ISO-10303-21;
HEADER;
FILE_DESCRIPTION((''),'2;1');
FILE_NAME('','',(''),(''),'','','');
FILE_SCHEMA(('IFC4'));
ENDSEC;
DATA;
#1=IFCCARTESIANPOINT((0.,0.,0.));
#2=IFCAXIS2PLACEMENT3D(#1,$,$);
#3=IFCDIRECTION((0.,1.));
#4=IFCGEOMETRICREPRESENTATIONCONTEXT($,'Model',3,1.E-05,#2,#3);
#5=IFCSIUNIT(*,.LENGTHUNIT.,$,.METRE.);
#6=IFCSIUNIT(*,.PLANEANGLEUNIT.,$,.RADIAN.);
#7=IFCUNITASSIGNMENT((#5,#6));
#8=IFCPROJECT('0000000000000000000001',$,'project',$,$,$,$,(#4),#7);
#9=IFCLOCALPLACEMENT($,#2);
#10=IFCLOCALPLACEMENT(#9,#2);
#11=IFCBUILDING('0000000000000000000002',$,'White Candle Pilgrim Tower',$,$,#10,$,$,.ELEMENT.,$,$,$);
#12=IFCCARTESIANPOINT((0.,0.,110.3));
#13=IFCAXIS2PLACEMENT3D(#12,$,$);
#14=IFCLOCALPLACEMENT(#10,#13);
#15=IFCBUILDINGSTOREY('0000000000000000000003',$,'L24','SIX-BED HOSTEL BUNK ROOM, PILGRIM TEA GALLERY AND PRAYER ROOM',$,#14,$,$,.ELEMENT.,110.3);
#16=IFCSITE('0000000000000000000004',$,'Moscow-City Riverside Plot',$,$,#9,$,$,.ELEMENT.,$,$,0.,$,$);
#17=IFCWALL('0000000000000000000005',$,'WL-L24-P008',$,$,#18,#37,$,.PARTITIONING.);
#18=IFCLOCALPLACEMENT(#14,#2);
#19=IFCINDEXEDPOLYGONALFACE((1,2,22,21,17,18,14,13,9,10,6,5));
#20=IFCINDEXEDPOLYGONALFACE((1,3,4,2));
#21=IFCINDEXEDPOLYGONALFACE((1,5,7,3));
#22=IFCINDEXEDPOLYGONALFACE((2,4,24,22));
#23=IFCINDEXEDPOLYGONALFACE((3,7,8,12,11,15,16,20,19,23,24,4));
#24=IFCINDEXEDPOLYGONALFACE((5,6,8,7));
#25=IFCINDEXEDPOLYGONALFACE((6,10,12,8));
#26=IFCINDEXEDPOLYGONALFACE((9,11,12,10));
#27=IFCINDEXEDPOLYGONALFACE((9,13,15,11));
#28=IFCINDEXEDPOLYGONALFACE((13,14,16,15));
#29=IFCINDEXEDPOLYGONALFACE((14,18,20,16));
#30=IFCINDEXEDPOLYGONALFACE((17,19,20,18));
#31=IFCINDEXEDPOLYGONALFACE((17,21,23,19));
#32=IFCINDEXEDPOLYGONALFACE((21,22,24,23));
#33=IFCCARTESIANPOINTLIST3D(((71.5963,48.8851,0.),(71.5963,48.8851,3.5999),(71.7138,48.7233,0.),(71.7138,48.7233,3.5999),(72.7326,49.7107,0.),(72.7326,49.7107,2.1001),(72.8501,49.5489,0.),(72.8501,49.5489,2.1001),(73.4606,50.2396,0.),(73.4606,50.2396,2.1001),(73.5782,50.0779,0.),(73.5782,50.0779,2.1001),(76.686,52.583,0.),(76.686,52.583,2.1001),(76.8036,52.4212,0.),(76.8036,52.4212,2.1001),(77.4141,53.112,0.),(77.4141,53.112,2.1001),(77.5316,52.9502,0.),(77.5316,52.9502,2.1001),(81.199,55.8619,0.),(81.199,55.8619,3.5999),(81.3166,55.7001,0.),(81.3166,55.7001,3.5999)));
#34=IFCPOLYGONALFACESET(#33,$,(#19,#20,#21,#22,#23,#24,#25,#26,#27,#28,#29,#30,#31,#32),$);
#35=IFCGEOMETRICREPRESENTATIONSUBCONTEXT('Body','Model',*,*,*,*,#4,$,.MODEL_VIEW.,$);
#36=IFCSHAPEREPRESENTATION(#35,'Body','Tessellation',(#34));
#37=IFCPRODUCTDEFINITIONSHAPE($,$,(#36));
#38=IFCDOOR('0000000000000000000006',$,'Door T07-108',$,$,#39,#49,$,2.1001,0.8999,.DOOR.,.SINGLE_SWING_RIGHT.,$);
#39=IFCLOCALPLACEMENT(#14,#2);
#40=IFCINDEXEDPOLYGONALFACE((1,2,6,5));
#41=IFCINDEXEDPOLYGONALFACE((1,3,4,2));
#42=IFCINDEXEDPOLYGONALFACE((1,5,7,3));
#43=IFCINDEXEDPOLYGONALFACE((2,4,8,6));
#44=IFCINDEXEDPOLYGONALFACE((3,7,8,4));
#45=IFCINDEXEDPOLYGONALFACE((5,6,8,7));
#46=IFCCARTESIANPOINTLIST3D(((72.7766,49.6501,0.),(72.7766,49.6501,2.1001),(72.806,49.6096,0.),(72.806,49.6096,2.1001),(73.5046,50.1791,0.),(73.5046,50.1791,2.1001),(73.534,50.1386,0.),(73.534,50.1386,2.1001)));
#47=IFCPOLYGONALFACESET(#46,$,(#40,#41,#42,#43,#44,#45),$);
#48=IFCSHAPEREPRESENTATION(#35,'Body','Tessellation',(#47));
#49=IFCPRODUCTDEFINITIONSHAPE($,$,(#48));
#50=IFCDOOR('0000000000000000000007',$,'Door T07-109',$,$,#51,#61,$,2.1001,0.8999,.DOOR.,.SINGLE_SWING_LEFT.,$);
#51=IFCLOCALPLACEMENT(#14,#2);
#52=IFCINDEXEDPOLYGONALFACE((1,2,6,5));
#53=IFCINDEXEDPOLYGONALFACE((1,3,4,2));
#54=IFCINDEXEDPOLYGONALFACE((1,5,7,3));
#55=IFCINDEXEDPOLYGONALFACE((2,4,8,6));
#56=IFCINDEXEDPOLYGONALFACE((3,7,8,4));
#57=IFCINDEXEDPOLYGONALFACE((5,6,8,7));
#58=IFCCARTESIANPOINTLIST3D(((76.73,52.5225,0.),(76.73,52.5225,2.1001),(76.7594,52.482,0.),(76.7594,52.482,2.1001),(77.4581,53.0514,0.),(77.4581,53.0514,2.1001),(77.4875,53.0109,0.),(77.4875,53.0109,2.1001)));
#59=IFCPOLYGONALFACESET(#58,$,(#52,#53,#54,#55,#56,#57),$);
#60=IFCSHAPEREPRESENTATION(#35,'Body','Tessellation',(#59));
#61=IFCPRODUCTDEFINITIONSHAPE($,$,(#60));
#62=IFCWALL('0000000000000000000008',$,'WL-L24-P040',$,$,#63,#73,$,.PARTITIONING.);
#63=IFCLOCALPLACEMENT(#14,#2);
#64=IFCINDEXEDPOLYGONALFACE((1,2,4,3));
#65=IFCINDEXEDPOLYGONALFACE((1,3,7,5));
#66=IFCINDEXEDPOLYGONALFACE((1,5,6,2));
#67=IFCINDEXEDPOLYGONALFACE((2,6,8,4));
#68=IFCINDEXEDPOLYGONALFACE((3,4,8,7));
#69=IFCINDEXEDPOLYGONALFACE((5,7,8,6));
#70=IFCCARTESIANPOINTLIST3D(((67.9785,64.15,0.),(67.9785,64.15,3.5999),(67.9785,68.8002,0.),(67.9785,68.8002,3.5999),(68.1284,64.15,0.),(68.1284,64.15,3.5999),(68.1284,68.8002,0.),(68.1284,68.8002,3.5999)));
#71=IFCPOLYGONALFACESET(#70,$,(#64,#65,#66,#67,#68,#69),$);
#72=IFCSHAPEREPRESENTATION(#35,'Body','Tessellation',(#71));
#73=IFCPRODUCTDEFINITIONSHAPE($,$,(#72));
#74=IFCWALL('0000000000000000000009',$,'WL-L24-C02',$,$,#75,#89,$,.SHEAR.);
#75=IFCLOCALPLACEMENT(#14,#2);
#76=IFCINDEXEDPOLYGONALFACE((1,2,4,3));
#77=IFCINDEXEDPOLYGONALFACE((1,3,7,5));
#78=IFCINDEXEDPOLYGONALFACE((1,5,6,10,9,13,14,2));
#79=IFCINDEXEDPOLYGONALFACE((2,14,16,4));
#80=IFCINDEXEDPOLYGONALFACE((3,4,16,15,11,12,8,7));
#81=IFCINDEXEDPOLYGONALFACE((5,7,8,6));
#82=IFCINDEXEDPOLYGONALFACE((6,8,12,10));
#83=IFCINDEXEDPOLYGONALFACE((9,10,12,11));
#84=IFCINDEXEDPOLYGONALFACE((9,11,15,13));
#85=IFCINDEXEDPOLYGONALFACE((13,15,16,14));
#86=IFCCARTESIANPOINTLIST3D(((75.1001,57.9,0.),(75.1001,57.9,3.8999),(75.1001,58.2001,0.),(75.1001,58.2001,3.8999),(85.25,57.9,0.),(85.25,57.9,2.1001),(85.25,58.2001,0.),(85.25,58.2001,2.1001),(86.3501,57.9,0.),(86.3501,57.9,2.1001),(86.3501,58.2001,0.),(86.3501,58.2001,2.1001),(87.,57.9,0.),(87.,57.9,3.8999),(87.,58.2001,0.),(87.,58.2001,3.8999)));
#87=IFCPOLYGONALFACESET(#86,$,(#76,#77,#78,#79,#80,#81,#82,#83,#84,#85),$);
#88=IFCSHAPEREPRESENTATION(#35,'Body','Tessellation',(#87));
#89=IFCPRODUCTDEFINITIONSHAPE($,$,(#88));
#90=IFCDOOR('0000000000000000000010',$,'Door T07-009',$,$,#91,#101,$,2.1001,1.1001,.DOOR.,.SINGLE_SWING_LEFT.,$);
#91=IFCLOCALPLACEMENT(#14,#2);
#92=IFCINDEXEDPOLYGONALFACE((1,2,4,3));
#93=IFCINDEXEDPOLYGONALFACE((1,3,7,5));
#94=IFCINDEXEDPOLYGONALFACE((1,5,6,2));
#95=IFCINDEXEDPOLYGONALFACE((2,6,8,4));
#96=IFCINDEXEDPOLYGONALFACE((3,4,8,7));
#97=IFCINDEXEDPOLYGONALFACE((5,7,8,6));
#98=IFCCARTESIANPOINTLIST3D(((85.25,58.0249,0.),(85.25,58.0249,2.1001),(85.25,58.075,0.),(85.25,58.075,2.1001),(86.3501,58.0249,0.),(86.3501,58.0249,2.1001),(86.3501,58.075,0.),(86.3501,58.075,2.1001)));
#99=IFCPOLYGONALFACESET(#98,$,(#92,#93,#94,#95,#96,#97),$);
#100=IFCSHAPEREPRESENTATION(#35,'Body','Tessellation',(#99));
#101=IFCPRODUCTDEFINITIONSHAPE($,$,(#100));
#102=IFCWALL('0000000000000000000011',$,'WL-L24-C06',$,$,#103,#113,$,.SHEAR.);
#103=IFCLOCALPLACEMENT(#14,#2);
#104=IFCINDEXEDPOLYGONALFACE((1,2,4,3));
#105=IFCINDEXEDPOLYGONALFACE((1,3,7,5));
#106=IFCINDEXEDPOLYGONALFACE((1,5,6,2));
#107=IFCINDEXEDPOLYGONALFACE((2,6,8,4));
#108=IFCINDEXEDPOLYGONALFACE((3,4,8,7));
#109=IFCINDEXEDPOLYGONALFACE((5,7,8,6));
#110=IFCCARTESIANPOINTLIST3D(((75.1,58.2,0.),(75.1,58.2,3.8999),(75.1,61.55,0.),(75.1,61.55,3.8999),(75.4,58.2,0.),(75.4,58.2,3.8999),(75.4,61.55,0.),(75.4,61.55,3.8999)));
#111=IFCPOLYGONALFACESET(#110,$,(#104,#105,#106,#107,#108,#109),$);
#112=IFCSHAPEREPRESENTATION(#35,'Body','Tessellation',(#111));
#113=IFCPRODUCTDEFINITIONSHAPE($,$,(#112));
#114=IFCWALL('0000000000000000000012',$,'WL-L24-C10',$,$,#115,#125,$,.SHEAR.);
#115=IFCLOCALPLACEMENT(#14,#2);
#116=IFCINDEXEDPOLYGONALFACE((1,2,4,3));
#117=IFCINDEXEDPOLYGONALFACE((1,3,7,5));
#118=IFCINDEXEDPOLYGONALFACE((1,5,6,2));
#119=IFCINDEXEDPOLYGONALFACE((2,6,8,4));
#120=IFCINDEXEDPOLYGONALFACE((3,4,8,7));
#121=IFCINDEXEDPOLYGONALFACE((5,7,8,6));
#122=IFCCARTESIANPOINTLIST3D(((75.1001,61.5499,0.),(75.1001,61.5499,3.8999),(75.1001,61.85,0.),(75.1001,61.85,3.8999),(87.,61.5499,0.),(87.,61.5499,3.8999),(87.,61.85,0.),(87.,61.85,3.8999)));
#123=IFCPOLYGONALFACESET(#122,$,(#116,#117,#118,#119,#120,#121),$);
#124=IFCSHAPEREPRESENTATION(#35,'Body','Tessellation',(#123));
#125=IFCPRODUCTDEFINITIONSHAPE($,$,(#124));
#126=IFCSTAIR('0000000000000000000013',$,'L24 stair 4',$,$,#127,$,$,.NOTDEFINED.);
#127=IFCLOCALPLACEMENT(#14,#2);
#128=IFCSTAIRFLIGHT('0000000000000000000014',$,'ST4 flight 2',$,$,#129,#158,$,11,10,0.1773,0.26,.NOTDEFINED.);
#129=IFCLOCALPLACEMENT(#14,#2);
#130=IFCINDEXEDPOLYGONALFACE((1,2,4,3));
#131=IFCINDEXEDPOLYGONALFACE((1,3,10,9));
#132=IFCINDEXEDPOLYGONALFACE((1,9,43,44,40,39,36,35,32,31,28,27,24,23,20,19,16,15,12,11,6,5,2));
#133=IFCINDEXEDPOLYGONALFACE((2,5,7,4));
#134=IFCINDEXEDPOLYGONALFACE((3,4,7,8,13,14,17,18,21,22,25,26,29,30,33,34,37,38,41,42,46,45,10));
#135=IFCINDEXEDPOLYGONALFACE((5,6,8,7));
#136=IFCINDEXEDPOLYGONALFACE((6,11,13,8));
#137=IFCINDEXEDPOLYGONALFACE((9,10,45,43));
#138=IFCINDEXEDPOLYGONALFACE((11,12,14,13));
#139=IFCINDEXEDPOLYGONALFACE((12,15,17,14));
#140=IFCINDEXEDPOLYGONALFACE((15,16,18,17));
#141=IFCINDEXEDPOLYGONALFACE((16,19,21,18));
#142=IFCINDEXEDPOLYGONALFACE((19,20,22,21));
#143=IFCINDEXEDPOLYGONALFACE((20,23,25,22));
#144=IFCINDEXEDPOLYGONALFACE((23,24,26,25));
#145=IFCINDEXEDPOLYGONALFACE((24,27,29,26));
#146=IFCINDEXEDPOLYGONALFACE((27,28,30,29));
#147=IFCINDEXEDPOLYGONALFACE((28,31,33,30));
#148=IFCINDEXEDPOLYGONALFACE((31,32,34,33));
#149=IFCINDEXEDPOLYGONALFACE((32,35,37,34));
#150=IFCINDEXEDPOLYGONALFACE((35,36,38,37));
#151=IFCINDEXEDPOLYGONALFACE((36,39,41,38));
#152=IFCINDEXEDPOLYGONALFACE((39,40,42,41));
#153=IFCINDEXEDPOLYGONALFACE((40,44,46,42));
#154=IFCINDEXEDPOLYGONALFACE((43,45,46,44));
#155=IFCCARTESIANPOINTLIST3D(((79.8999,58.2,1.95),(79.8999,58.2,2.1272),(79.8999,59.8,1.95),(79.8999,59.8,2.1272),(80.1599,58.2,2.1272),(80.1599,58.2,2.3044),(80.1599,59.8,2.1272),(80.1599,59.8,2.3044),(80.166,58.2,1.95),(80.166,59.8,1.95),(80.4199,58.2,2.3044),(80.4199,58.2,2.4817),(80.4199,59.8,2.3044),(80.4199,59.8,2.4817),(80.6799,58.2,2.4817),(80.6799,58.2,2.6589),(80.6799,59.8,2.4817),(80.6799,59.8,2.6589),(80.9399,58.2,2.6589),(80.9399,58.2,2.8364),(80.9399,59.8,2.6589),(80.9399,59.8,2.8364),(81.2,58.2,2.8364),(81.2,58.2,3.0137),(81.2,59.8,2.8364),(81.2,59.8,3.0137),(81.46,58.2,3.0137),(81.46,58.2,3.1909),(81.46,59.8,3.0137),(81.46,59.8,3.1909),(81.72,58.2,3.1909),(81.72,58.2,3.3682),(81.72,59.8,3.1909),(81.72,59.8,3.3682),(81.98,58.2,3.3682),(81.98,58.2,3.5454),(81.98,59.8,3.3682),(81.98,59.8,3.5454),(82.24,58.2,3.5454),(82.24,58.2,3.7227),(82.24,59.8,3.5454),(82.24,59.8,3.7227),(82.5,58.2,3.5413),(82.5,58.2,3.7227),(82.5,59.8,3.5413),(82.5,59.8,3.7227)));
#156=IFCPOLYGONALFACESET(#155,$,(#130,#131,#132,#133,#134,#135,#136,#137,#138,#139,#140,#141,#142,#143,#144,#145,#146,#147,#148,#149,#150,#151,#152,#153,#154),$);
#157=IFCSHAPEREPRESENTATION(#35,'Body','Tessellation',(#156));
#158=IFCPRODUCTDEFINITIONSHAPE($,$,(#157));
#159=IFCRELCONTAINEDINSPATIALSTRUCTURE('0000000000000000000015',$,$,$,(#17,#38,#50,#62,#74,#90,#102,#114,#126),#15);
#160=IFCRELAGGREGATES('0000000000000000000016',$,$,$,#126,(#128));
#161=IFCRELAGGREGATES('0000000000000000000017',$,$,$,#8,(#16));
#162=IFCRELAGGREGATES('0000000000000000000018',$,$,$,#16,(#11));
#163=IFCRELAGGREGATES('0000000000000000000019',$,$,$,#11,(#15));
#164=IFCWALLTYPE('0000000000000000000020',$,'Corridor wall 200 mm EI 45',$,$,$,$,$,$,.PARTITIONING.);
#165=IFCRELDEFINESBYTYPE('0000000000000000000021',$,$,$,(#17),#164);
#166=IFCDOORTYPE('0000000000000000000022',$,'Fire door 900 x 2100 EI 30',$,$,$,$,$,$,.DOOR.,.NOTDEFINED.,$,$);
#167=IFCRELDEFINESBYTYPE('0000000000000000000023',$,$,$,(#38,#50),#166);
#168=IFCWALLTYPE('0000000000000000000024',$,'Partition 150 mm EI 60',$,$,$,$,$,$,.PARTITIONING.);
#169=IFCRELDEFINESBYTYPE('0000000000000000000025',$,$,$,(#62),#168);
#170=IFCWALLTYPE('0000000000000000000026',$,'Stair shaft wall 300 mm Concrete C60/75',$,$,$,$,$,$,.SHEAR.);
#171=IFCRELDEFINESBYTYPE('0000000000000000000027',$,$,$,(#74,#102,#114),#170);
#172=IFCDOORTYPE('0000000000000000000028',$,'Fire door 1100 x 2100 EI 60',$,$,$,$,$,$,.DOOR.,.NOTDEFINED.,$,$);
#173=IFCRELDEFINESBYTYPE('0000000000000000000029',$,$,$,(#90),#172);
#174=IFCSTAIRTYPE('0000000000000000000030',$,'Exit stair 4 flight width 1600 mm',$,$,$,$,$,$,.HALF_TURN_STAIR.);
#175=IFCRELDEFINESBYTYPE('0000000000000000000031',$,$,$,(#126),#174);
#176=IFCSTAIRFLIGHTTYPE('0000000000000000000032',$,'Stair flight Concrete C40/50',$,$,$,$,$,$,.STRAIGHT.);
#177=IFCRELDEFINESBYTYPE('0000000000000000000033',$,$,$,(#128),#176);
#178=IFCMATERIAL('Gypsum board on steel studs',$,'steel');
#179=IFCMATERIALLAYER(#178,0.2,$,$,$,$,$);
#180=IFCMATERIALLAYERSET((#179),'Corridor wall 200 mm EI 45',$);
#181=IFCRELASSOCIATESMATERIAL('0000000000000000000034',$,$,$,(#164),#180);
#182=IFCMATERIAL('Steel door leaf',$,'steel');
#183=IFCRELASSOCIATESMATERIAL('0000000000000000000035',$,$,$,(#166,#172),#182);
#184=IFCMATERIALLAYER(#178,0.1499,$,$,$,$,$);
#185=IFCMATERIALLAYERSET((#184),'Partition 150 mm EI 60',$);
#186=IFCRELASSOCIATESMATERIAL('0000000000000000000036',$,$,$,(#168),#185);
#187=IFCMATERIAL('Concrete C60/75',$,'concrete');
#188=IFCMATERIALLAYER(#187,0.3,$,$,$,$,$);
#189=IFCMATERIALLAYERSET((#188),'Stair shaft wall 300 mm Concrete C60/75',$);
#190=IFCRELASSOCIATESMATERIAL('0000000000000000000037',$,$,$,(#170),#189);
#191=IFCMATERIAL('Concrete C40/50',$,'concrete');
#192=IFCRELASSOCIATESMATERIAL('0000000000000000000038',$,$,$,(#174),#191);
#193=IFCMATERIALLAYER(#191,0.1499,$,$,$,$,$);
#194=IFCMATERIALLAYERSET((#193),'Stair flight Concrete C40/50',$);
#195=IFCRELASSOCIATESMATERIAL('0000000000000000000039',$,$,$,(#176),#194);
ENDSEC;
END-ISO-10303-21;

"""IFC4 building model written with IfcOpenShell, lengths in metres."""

from ifc_helpers import new_model, si_unit, direction, frame, frame_2d, origin, place, context, subcontext, project, spatial, polyline, rectangle, outline, extrude, material, layer, layer_set, type_object, element, fill, aggregate, save


model = new_model("IFC4")

# Units and contexts
model_context = context("Model", 3, precision=1e-05, world=origin(), true_north=direction((0.0, 1.0)))
body_context = subcontext(model_context, "Body", "Model", "MODEL_VIEW")
ifc_project = project(units=[si_unit("LENGTHUNIT", "METRE"), si_unit("PLANEANGLEUNIT", "RADIAN")], contexts=[model_context])

# Site, building, storey
site_placement = place(None, origin())
site = spatial("IfcSite", under=ifc_project, at=site_placement, Name="Moscow-City Riverside Plot", CompositionType="ELEMENT", RefElevation=0.0)
building_placement = place(site_placement, origin())
building = spatial("IfcBuilding", under=site, at=building_placement, Name="White Candle Pilgrim Tower", CompositionType="ELEMENT")
storey_placement = place(building_placement, frame((0.0, 0.0, 110.3)))
storey = spatial("IfcBuildingStorey", under=building, at=storey_placement, Name="L24", Description="SIX-BED HOSTEL BUNK ROOM, PILGRIM TEA GALLERY AND PRAYER ROOM", CompositionType="ELEMENT", Elevation=110.3)

# Wall, openings, doors
ifc_material_1 = material(Name="Gypsum board on steel studs", Category="steel")
ifc_layer_1 = layer(ifc_material_1, 0.2)
ifc_layer_set_1 = layer_set([ifc_layer_1], Name="Corridor wall 200 mm EI 45")
wall_type_1 = type_object("IfcWallType", Name="Corridor wall 200 mm EI 45", PredefinedType="PARTITIONING", material=ifc_layer_set_1)
wall_1_placement = place(storey_placement, frame((81.2578, 55.781, 0.0), z_axis=(0.0, 0.0, 1.0), x_axis=(-0.809018, -0.587784, 0.0)))
wall_1 = element("IfcWall", 1, at=wall_1_placement, inside=storey, type_object=wall_type_1, Name="WL-L24-P008", PredefinedType="PARTITIONING", context=body_context, shape_type="SweptSolid", body=[
    extrude(rectangle(XDim=11.8696, YDim=0.2, at=frame_2d((5.9348, 0.0))), origin(), (0.0, 0.0, 1.0), 3.5999),
])
opening_1_placement = place(wall_1_placement, frame((9.5652, 0.0, 0.0)))
opening_1 = element("IfcOpeningElement", 2, at=opening_1_placement, cuts=wall_1, PredefinedType="OPENING", context=body_context, shape_type="SweptSolid", body=[
    extrude(rectangle(XDim=0.8999, YDim=2.1001, at=frame_2d((0.45, 1.05))), frame((0.0, 0.1099, 0.0), z_axis=(0.0, -1.0, 0.0), x_axis=(1.0, 0.0, 0.0)), (0.0, 0.0, 1.0), 0.22),
])
opening_2_placement = place(wall_1_placement, frame((4.6785, 0.0, 0.0)))
opening_2 = element("IfcOpeningElement", 3, at=opening_2_placement, cuts=wall_1, PredefinedType="OPENING", context=body_context, shape_type="SweptSolid", body=[
    extrude(rectangle(XDim=0.8999, YDim=2.1001, at=frame_2d((0.45, 1.05))), frame((0.0, 0.1099, 0.0), z_axis=(0.0, -1.0, 0.0), x_axis=(1.0, 0.0, 0.0)), (0.0, 0.0, 1.0), 0.22),
])
ifc_material_2 = material(Name="Steel door leaf", Category="steel")
door_type_1 = type_object("IfcDoorType", Name="Fire door 900 x 2100 EI 30", OperationType="NOTDEFINED", PredefinedType="DOOR", material=ifc_material_2)
door_1_placement = place(opening_1_placement, origin())
door_1 = element("IfcDoor", 4, at=door_1_placement, inside=storey, type_object=door_type_1, Name="Door T07-108", OperationType="SINGLE_SWING_RIGHT", OverallHeight=2.1001, OverallWidth=0.8999, PredefinedType="DOOR", context=body_context, shape_type="SweptSolid", body=[
    extrude(rectangle(XDim=0.8999, YDim=2.1001, at=frame_2d((0.45, 1.05))), frame((0.0, 0.0249, 0.0), z_axis=(0.0, -1.0, 0.0), x_axis=(1.0, 0.0, 0.0)), (0.0, 0.0, 1.0), 0.05),
])
fill(opening_1, door_1)
door_2_placement = place(opening_2_placement, origin())
door_2 = element("IfcDoor", 5, at=door_2_placement, inside=storey, type_object=door_type_1, Name="Door T07-109", OperationType="SINGLE_SWING_LEFT", OverallHeight=2.1001, OverallWidth=0.8999, PredefinedType="DOOR", context=body_context, shape_type="SweptSolid", body=[
    extrude(rectangle(XDim=0.8999, YDim=2.1001, at=frame_2d((0.45, 1.05))), frame((0.0, 0.0249, 0.0), z_axis=(0.0, -1.0, 0.0), x_axis=(1.0, 0.0, 0.0)), (0.0, 0.0, 1.0), 0.05),
])
fill(opening_2, door_2)

# Wall
ifc_layer_2 = layer(ifc_material_1, 0.1499)
ifc_layer_set_2 = layer_set([ifc_layer_2], Name="Partition 150 mm EI 60")
wall_type_2 = type_object("IfcWallType", Name="Partition 150 mm EI 60", PredefinedType="PARTITIONING", material=ifc_layer_set_2)
wall_2_placement = place(storey_placement, frame((68.0535, 64.1499, 0.0), z_axis=(0.0, 0.0, 1.0), x_axis=(0.0, 1.0, 0.0)))
element("IfcWall", 6, at=wall_2_placement, inside=storey, type_object=wall_type_2, Name="WL-L24-P040", PredefinedType="PARTITIONING", context=body_context, shape_type="SweptSolid", body=[
    extrude(rectangle(XDim=4.6501, YDim=0.1499, at=frame_2d((2.3252, 0.0))), origin(), (0.0, 0.0, 1.0), 3.5999),
])

# Wall, opening, door
ifc_material_3 = material(Name="Concrete C60/75", Category="concrete")
ifc_layer_3 = layer(ifc_material_3, 0.3)
ifc_layer_set_3 = layer_set([ifc_layer_3], Name="Stair shaft wall 300 mm Concrete C60/75")
wall_type_3 = type_object("IfcWallType", Name="Stair shaft wall 300 mm Concrete C60/75", PredefinedType="SHEAR", material=ifc_layer_set_3)
wall_3_placement = place(storey_placement, frame((75.1001, 58.05, 0.0), z_axis=(0.0, 0.0, 1.0), x_axis=(1.0, 0.0, 0.0)))
wall_3 = element("IfcWall", 7, at=wall_3_placement, inside=storey, type_object=wall_type_3, Name="WL-L24-C02", PredefinedType="SHEAR", context=body_context, shape_type="SweptSolid", body=[
    extrude(rectangle(XDim=11.8999, YDim=0.3, at=frame_2d((5.95, 0.0))), origin(), (0.0, 0.0, 1.0), 3.8999),
])
opening_3_placement = place(wall_3_placement, frame((10.1499, 0.0, 0.0)))
opening_3 = element("IfcOpeningElement", 8, at=opening_3_placement, cuts=wall_3, PredefinedType="OPENING", context=body_context, shape_type="SweptSolid", body=[
    extrude(rectangle(XDim=1.1001, YDim=2.1001, at=frame_2d((0.55, 1.05))), frame((0.0, 0.1599, 0.0), z_axis=(0.0, -1.0, 0.0), x_axis=(1.0, 0.0, 0.0)), (0.0, 0.0, 1.0), 0.3201),
])
door_type_2 = type_object("IfcDoorType", Name="Fire door 1100 x 2100 EI 60", OperationType="NOTDEFINED", PredefinedType="DOOR", material=ifc_material_2)
door_3_placement = place(opening_3_placement, origin())
door_3 = element("IfcDoor", 9, at=door_3_placement, inside=storey, type_object=door_type_2, Name="Door T07-009", OperationType="SINGLE_SWING_LEFT", OverallHeight=2.1001, OverallWidth=1.1001, PredefinedType="DOOR", context=body_context, shape_type="SweptSolid", body=[
    extrude(rectangle(XDim=1.1001, YDim=2.1001, at=frame_2d((0.55, 1.05))), frame((0.0, 0.0249, 0.0), z_axis=(0.0, -1.0, 0.0), x_axis=(1.0, 0.0, 0.0)), (0.0, 0.0, 1.0), 0.05),
])
fill(opening_3, door_3)

# Walls
wall_4_placement = place(storey_placement, frame((75.25, 58.2, 0.0), z_axis=(0.0, 0.0, 1.0), x_axis=(0.0, 1.0, 0.0)))
element("IfcWall", 10, at=wall_4_placement, inside=storey, type_object=wall_type_3, Name="WL-L24-C06", PredefinedType="SHEAR", context=body_context, shape_type="SweptSolid", body=[
    extrude(rectangle(XDim=3.3501, YDim=0.3, at=frame_2d((1.675, 0.0))), origin(), (0.0, 0.0, 1.0), 3.8999),
])
wall_5_placement = place(storey_placement, frame((75.1001, 61.7, 0.0), z_axis=(0.0, 0.0, 1.0), x_axis=(1.0, 0.0, 0.0)))
element("IfcWall", 11, at=wall_5_placement, inside=storey, type_object=wall_type_3, Name="WL-L24-C10", PredefinedType="SHEAR", context=body_context, shape_type="SweptSolid", body=[
    extrude(rectangle(XDim=11.8999, YDim=0.3, at=frame_2d((5.95, 0.0))), origin(), (0.0, 0.0, 1.0), 3.8999),
])

# Stair, stair flight
ifc_material_4 = material(Name="Concrete C40/50", Category="concrete")
stair_type = type_object("IfcStairType", Name="Exit stair 4 flight width 1600 mm", PredefinedType="HALF_TURN_STAIR", material=ifc_material_4)
stair_placement = place(storey_placement, origin())
stair = element("IfcStair", 12, at=stair_placement, inside=storey, type_object=stair_type, Name="L24 stair 4", PredefinedType="NOTDEFINED")
ifc_layer_4 = layer(ifc_material_4, 0.1499)
ifc_layer_set_4 = layer_set([ifc_layer_4], Name="Stair flight Concrete C40/50")
stair_flight_type = type_object("IfcStairFlightType", Name="Stair flight Concrete C40/50", PredefinedType="STRAIGHT", material=ifc_layer_set_4)
stair_flight_placement = place(storey_placement, frame((79.8999, 59.0, 1.95), z_axis=(0.0, 0.0, 1.0), x_axis=(1.0, 0.0, 0.0)))
stair_flight = element("IfcStairFlight", 13, at=stair_flight_placement, type_object=stair_flight_type, Name="ST4 flight 2", NumberOfRisers=11, NumberOfTreads=10, PredefinedType="NOTDEFINED", RiserHeight=0.1773, TreadLength=0.26, context=body_context, shape_type="SweptSolid", body=[
    extrude(outline(polyline([(0.0, 0.0), (0.0, 0.1772), (0.26, 0.1772), (0.26, 0.3545), (0.52, 0.3545), (0.52, 0.5317), (0.78, 0.5317), (0.78, 0.709), (1.04, 0.709), (1.04, 0.8865), (1.3, 0.8865), (1.3, 1.0637), (1.5601, 1.0637), (1.5601, 1.241), (1.8201, 1.241), (1.8201, 1.4182), (2.0801, 1.4182), (2.0801, 1.5955), (2.3401, 1.5955), (2.3401, 1.7727), (2.6001, 1.7727), (2.6001, 1.95), (2.6001, 1.5913), (0.2661, 0.0), (0.0, 0.0)])), frame((0.0, 0.8, 0.0), z_axis=(0.0, -1.0, 0.0), x_axis=(1.0, 0.0, 0.0)), (0.0, 0.0, 1.0), 1.6001),
])
aggregate(stair, [stair_flight])

save(model, "model.ifc")
